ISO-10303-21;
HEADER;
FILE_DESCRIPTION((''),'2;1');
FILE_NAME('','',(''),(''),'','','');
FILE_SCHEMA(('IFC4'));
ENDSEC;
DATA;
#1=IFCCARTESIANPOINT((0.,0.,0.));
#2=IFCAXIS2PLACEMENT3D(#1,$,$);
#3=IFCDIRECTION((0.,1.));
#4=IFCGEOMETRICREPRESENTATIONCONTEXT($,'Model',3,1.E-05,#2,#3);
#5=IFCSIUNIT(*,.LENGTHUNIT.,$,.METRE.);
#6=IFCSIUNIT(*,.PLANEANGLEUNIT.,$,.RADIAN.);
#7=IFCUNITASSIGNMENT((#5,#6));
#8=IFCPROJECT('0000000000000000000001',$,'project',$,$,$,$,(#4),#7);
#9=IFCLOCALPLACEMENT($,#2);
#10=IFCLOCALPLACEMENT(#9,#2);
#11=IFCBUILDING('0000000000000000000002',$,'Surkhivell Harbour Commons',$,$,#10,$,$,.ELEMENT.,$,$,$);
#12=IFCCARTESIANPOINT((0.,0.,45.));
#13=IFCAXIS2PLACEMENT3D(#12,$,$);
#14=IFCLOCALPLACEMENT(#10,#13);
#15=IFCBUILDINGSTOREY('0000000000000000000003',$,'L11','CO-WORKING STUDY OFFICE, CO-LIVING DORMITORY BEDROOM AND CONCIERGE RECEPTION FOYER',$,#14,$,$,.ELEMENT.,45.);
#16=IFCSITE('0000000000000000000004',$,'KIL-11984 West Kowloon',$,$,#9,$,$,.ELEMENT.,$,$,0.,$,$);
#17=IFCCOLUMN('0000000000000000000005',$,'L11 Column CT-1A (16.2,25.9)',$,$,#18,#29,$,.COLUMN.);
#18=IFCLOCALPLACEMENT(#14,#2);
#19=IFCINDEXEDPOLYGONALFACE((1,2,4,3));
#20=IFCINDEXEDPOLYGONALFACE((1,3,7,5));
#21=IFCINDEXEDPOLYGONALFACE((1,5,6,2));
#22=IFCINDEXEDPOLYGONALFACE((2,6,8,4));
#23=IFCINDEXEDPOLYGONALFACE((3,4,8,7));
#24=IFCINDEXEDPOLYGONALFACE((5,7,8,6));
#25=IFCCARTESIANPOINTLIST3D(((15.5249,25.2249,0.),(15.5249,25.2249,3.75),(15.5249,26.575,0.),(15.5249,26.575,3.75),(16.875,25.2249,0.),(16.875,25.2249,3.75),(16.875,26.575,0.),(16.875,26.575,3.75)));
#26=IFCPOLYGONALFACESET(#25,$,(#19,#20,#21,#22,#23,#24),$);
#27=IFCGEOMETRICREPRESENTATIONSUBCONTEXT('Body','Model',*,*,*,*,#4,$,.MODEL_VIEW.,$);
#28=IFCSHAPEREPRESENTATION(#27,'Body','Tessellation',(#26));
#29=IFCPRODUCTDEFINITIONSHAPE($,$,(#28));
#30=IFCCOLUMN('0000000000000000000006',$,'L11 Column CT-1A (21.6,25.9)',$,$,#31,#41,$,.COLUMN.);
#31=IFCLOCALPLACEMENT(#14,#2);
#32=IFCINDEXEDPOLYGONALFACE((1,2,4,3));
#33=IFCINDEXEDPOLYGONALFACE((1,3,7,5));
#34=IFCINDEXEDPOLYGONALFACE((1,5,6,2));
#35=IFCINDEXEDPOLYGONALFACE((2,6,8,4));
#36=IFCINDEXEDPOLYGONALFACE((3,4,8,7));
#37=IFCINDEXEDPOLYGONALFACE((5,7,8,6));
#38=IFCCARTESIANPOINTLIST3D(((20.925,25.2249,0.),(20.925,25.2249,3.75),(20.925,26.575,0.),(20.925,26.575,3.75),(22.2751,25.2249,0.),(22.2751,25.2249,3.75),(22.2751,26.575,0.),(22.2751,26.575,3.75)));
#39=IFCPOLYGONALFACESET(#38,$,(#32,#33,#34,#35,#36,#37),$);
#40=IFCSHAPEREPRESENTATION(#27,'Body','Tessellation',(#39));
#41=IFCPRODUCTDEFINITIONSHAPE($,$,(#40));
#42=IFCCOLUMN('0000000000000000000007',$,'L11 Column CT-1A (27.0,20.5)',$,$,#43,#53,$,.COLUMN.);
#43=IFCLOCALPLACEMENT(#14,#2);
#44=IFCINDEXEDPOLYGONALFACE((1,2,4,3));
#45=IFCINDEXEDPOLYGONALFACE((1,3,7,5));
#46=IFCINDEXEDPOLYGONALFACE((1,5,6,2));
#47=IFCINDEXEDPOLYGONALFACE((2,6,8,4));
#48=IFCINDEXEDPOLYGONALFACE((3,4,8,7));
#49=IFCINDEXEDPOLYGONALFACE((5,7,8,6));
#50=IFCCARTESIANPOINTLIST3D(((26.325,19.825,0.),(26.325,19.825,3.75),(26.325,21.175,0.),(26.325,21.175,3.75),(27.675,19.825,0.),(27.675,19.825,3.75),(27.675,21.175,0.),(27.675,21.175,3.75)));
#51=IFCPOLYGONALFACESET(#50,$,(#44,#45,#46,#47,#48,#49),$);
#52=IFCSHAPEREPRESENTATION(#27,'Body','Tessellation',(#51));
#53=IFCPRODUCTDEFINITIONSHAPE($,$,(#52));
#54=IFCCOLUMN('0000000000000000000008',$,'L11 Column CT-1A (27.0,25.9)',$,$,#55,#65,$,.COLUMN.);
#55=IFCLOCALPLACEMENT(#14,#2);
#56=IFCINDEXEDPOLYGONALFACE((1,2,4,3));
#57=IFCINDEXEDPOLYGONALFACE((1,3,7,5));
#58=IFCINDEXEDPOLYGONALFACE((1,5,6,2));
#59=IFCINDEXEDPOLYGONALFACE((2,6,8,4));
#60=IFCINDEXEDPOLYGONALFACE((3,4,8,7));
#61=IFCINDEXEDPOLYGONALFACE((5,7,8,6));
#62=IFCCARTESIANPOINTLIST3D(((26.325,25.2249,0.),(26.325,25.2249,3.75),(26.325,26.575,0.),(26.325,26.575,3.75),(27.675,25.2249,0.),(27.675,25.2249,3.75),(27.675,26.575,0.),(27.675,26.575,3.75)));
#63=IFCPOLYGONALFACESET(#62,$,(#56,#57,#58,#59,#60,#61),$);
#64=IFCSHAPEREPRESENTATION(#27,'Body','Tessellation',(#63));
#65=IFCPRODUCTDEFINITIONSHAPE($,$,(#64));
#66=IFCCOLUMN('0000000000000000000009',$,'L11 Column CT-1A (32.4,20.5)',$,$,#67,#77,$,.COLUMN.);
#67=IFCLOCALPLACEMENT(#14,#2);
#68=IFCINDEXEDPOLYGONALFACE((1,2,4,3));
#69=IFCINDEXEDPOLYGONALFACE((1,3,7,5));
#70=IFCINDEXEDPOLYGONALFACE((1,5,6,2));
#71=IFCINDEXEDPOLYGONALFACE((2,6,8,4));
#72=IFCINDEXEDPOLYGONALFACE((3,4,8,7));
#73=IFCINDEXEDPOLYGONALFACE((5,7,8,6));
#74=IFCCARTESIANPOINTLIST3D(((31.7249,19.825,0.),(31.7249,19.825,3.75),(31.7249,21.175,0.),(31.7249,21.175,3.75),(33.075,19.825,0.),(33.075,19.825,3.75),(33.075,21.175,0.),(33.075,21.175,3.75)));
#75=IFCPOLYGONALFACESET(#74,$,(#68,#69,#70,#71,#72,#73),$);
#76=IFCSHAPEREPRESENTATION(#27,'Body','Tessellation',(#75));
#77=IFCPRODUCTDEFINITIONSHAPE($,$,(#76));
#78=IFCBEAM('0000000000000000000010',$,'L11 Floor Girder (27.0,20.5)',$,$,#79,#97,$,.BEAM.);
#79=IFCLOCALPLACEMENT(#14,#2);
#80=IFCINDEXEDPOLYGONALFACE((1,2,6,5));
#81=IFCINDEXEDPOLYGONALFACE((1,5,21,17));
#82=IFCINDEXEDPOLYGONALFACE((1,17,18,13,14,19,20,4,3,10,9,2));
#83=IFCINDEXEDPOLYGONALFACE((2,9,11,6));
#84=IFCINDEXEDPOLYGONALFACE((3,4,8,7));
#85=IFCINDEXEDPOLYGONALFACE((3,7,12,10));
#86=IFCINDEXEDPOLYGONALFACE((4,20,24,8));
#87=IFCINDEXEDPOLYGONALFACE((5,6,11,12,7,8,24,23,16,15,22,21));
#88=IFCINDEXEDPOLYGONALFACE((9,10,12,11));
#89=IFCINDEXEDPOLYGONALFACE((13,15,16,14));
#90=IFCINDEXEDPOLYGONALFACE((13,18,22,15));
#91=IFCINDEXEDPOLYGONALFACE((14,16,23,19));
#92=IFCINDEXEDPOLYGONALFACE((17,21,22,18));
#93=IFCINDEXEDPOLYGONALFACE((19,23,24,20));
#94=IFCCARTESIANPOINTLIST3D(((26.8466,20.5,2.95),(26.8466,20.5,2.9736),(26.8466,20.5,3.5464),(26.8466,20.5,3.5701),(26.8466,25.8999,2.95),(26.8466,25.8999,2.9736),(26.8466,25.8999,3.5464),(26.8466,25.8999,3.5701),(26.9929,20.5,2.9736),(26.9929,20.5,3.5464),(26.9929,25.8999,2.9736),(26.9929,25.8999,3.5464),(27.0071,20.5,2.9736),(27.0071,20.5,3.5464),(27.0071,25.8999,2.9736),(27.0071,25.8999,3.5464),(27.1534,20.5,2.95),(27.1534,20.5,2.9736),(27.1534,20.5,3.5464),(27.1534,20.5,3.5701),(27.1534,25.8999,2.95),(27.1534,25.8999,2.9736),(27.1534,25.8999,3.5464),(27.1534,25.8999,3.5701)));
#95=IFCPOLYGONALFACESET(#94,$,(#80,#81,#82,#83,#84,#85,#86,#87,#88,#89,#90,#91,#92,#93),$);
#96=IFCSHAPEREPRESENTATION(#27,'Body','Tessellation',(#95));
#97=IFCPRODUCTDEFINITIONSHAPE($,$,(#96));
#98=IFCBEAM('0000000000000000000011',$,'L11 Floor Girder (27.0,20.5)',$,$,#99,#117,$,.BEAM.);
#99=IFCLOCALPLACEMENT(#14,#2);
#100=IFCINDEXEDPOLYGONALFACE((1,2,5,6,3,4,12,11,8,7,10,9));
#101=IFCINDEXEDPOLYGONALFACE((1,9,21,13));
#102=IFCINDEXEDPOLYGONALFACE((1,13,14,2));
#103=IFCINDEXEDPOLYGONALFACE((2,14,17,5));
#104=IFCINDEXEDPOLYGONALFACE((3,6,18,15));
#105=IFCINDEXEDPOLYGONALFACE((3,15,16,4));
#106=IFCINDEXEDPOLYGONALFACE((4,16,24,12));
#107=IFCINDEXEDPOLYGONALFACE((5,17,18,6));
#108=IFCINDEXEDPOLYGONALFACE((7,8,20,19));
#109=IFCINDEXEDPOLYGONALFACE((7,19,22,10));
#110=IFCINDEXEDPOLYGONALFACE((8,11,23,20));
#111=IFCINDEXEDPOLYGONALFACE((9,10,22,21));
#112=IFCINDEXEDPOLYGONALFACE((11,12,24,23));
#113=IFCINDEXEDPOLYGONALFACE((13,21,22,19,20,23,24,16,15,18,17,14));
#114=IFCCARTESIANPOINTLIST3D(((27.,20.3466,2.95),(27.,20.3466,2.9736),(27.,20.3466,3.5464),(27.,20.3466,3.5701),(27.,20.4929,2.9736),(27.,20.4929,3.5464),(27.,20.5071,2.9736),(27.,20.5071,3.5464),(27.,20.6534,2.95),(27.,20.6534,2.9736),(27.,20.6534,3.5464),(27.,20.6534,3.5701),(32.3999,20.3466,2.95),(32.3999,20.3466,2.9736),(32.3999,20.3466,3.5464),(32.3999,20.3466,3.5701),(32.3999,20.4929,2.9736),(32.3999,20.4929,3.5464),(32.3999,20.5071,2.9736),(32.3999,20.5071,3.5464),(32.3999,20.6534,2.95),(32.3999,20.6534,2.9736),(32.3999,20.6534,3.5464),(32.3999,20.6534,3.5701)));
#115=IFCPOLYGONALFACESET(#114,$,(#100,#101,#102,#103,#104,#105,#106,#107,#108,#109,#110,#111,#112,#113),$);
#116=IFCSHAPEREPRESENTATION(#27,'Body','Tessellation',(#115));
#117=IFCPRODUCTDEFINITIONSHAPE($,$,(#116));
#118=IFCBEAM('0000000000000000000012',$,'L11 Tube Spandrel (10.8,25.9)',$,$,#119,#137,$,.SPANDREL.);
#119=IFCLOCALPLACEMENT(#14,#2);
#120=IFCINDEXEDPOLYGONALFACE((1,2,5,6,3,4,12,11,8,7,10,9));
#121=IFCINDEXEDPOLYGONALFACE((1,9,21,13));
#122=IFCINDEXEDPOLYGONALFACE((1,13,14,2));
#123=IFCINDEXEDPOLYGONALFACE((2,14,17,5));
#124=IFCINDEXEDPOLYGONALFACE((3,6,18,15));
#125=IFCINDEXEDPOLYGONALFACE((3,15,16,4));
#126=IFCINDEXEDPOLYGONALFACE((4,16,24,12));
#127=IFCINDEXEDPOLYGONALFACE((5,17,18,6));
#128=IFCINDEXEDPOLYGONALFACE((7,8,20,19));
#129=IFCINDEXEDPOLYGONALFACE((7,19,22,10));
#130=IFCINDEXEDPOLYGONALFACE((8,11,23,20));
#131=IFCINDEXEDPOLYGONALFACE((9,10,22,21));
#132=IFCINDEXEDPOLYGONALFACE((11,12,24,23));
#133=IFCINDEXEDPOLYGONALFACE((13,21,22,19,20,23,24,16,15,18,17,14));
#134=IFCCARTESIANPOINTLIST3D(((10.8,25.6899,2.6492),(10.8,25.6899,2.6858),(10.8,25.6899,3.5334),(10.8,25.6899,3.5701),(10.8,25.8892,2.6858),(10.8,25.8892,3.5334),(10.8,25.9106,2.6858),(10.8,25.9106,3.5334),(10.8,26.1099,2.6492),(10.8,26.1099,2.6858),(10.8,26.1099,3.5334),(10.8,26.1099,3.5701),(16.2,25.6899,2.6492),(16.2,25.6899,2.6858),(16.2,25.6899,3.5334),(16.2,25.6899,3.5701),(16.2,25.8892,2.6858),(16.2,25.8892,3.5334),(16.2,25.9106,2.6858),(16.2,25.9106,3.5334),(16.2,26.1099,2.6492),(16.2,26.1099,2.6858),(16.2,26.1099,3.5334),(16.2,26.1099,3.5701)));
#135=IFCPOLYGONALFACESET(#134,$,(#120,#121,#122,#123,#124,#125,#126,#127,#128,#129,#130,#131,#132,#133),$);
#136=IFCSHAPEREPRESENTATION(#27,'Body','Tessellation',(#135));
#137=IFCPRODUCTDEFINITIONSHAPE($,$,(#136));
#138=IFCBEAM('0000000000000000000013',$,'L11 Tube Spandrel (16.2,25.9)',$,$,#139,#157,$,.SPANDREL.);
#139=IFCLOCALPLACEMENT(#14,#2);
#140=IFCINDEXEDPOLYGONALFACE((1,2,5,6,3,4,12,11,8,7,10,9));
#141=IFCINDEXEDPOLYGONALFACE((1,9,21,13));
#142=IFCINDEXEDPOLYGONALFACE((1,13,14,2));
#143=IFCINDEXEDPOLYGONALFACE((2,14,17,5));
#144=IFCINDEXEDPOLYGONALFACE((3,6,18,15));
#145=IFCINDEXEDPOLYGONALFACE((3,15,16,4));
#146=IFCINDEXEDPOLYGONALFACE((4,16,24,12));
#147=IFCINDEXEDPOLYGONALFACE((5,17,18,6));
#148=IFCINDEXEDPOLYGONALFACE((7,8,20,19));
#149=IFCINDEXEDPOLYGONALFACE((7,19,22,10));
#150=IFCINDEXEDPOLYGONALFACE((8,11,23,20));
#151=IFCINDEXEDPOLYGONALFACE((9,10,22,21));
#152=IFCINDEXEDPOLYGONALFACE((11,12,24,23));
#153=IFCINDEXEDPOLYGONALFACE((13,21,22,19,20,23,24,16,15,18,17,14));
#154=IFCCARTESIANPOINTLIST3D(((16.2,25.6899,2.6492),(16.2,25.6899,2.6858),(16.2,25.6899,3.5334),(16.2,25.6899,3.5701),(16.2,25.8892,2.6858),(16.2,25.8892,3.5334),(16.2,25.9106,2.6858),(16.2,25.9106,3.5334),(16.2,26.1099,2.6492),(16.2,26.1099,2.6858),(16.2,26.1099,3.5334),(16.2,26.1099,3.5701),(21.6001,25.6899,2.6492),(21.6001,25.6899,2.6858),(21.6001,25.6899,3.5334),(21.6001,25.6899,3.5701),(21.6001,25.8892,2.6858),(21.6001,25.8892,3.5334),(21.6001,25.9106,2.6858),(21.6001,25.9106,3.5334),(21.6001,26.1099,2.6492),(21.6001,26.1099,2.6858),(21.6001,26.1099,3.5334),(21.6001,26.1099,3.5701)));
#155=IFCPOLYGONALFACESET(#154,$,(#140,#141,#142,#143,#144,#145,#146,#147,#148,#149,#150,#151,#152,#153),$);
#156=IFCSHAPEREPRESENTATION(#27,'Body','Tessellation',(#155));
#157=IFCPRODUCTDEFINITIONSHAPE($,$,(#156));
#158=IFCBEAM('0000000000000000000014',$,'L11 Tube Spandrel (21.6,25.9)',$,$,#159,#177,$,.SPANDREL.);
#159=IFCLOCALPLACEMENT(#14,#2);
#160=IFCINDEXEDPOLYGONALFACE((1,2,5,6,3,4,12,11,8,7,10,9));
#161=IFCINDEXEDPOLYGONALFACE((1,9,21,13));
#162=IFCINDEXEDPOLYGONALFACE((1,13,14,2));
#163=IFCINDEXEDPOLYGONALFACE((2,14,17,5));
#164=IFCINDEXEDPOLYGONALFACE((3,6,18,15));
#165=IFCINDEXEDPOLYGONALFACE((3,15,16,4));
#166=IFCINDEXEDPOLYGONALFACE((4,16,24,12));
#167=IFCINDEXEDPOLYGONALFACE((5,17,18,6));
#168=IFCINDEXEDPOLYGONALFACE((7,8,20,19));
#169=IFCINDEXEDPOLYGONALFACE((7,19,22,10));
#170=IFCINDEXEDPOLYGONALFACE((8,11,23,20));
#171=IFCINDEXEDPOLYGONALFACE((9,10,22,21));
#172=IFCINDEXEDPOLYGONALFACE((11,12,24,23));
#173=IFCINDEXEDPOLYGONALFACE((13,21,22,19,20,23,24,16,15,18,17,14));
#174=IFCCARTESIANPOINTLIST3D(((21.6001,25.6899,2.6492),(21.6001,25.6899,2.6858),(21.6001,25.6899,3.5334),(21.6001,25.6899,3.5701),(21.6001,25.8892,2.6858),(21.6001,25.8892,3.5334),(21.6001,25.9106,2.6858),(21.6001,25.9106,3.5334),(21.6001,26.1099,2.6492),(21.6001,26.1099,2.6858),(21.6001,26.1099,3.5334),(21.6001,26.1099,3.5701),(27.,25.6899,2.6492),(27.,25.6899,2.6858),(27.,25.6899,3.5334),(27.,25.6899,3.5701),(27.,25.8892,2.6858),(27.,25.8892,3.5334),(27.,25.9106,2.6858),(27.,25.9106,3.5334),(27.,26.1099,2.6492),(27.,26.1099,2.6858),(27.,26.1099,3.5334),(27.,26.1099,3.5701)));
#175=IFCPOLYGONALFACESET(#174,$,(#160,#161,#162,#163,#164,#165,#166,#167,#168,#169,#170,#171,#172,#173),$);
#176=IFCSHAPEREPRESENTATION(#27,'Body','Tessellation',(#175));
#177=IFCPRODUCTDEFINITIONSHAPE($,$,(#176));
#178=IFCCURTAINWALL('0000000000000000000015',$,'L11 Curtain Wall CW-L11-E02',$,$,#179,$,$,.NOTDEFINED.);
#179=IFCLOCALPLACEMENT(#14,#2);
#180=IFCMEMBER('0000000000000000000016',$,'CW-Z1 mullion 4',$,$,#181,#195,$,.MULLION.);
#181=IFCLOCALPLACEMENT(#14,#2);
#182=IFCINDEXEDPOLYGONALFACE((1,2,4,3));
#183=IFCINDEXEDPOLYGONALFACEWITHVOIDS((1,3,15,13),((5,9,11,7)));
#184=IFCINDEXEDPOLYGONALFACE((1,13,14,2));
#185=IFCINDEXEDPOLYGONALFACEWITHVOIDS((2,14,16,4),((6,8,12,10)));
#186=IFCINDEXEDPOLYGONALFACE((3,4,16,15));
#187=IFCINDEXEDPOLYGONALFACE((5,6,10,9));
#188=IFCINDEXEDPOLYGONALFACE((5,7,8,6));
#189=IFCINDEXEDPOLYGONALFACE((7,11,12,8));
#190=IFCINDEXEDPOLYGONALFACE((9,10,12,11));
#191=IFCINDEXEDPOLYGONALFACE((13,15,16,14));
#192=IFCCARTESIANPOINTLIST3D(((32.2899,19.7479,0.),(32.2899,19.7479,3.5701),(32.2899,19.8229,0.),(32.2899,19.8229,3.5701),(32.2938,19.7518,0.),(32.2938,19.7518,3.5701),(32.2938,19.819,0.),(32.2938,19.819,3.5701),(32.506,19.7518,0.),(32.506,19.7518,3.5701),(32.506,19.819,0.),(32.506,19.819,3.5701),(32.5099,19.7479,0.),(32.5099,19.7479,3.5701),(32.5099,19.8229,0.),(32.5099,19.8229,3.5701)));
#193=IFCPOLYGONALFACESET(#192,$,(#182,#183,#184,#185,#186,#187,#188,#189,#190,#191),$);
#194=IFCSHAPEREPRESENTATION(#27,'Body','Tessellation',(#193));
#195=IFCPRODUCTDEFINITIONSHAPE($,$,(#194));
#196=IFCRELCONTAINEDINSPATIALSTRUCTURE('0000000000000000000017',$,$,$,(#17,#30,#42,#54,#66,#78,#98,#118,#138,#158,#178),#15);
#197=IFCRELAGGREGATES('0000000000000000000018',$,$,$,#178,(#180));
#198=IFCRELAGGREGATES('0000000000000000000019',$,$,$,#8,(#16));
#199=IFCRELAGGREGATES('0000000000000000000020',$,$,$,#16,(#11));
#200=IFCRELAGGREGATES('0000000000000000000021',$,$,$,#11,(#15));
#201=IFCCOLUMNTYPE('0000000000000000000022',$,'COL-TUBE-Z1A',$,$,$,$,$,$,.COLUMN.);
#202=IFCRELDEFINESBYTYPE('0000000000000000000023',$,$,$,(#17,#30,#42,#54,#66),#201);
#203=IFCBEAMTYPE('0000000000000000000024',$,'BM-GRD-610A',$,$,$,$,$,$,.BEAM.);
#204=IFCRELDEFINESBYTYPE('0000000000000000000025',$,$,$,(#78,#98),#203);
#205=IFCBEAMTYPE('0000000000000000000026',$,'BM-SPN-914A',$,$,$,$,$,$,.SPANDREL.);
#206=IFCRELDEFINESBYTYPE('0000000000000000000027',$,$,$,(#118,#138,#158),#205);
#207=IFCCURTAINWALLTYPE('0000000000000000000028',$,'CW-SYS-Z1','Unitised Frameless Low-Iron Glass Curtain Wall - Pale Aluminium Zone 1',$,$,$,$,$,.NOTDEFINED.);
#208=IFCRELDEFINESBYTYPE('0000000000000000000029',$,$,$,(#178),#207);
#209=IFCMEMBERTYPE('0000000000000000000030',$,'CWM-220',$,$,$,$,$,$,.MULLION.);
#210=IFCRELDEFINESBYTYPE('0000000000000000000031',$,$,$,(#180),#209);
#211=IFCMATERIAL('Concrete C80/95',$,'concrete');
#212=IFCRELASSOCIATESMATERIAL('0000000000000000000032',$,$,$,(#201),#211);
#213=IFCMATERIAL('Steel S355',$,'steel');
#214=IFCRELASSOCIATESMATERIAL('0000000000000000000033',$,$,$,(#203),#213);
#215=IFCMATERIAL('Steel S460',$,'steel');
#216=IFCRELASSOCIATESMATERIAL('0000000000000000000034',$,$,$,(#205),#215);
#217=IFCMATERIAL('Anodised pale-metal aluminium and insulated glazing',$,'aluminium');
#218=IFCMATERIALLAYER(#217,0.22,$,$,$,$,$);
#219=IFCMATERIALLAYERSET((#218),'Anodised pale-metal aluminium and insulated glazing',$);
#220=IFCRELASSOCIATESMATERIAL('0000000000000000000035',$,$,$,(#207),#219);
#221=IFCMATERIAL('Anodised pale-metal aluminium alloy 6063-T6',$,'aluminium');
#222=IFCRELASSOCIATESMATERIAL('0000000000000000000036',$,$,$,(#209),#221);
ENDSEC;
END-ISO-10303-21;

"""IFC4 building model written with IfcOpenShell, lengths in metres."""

from ifc_helpers import new_model, si_unit, direction, frame, origin, origin_2d, place, context, subcontext, project, spatial, rectangle, hollow_rectangle, i_section, extrude, material, layer, layer_set, material_profile, profile_set, type_object, element, aggregate, save


model = new_model("IFC4")

# Units and contexts
model_context = context("Model", 3, precision=1e-05, world=origin(), true_north=direction((0.0, 1.0)))
body_context = subcontext(model_context, "Body", "Model", "MODEL_VIEW")
ifc_project = project(units=[si_unit("LENGTHUNIT", "METRE"), si_unit("PLANEANGLEUNIT", "RADIAN")], contexts=[model_context])

# Site, building, storey
site_placement = place(None, origin())
site = spatial("IfcSite", under=ifc_project, at=site_placement, Name="KIL-11984 West Kowloon", CompositionType="ELEMENT", RefElevation=0.0)
building_placement = place(site_placement, origin())
building = spatial("IfcBuilding", under=site, at=building_placement, Name="Surkhivell Harbour Commons", CompositionType="ELEMENT")
storey_placement = place(building_placement, frame((0.0, 0.0, 45.0)))
storey = spatial("IfcBuildingStorey", under=building, at=storey_placement, Name="L11", Description="CO-WORKING STUDY OFFICE, CO-LIVING DORMITORY BEDROOM AND CONCIERGE RECEPTION FOYER", CompositionType="ELEMENT", Elevation=45.0)

# Columns
ifc_material_1 = material(Name="Concrete C80/95", Category="concrete")
ifc_material_profile_1 = material_profile(ifc_material_1, rectangle(XDim=1.3501, YDim=1.3501, at=origin_2d()), Name="RC-COL-1350x1350")
ifc_profile_set_1 = profile_set([ifc_material_profile_1], Name="Concrete C80/95")
column_type = type_object("IfcColumnType", Name="COL-TUBE-Z1A", PredefinedType="COLUMN", material=ifc_profile_set_1)
for number, where, z_axis, x_axis, name in (
    (1, (16.2, 25.8999, 0.0), (0.0, 0.0, 1.0), (1.0, 0.0, 0.0), "L11 Column CT-1A (16.2,25.9)"),
    (2, (21.6001, 25.8999, 0.0), (0.0, 0.0, 1.0), (1.0, 0.0, 0.0), "L11 Column CT-1A (21.6,25.9)"),
    (3, (27.0, 20.5, 0.0), (0.0, 0.0, 1.0), (1.0, 0.0, 0.0), "L11 Column CT-1A (27.0,20.5)"),
    (4, (27.0, 25.8999, 0.0), (0.0, 0.0, 1.0), (1.0, 0.0, 0.0), "L11 Column CT-1A (27.0,25.9)"),
    (5, (32.3999, 20.5, 0.0), (0.0, 0.0, 1.0), (1.0, 0.0, 0.0), "L11 Column CT-1A (32.4,20.5)"),
):
    element("IfcColumn", number, at=place(storey_placement, frame(where, z_axis=z_axis, x_axis=x_axis)), inside=storey, type_object=column_type, Name=name, PredefinedType="COLUMN", context=body_context, shape_type="SweptSolid", body=[
        extrude(rectangle(XDim=1.3501, YDim=1.3501, at=origin_2d()), origin(), (0.0, 0.0, 1.0), 3.75),
    ])

# Beams
ifc_material_2 = material(Name="Steel S355", Category="steel")
ifc_material_profile_2 = material_profile(ifc_material_2, i_section(OverallWidth=0.3069, OverallDepth=0.6201, WebThickness=0.0142, FlangeThickness=0.0237, at=origin_2d()), Name="UB610x305x179")
ifc_profile_set_2 = profile_set([ifc_material_profile_2], Name="Steel S355")
beam_type_1 = type_object("IfcBeamType", Name="BM-GRD-610A", PredefinedType="BEAM", material=ifc_profile_set_2)
for number, where, z_axis, x_axis, name in (
    (6, (27.0, 20.5, 3.26), (0.0, 1.0, 0.0), (-1.0, 0.0, 0.0), "L11 Floor Girder (27.0,20.5)"),
    (7, (27.0, 20.5, 3.26), (1.0, 0.0, 0.0), (0.0, 1.0, 0.0), "L11 Floor Girder (27.0,20.5)"),
):
    element("IfcBeam", number, at=place(storey_placement, frame(where, z_axis=z_axis, x_axis=x_axis)), inside=storey, type_object=beam_type_1, Name=name, PredefinedType="BEAM", context=body_context, shape_type="SweptSolid", body=[
        extrude(i_section(OverallWidth=0.3069, OverallDepth=0.6201, WebThickness=0.0142, FlangeThickness=0.0237, at=origin_2d()), origin(), (0.0, 0.0, 1.0), 5.3999),
    ])
ifc_material_3 = material(Name="Steel S460", Category="steel")
ifc_material_profile_3 = material_profile(ifc_material_3, i_section(OverallWidth=0.4199, OverallDepth=0.9209, WebThickness=0.0215, FlangeThickness=0.0366, at=origin_2d()), Name="UB914x419x388")
ifc_profile_set_3 = profile_set([ifc_material_profile_3], Name="Steel S460")
beam_type_2 = type_object("IfcBeamType", Name="BM-SPN-914A", PredefinedType="SPANDREL", material=ifc_profile_set_3)
beam_1_placement = place(storey_placement, frame((10.8, 25.8999, 3.1096), z_axis=(1.0, 0.0, 0.0), x_axis=(0.0, 1.0, 0.0)))
element("IfcBeam", 8, at=beam_1_placement, inside=storey, type_object=beam_type_2, Name="L11 Tube Spandrel (10.8,25.9)", PredefinedType="SPANDREL", context=body_context, shape_type="SweptSolid", body=[
    extrude(i_section(OverallWidth=0.4199, OverallDepth=0.9209, WebThickness=0.0215, FlangeThickness=0.0366, at=origin_2d()), origin(), (0.0, 0.0, 1.0), 5.3999),
])
beam_2_placement = place(storey_placement, frame((16.2, 25.8999, 3.1096), z_axis=(1.0, 0.0, 0.0), x_axis=(0.0, 1.0, 0.0)))
element("IfcBeam", 9, at=beam_2_placement, inside=storey, type_object=beam_type_2, Name="L11 Tube Spandrel (16.2,25.9)", PredefinedType="SPANDREL", context=body_context, shape_type="SweptSolid", body=[
    extrude(i_section(OverallWidth=0.4199, OverallDepth=0.9209, WebThickness=0.0215, FlangeThickness=0.0366, at=origin_2d()), origin(), (0.0, 0.0, 1.0), 5.4001),
])
beam_3_placement = place(storey_placement, frame((21.6001, 25.8999, 3.1096), z_axis=(1.0, 0.0, 0.0), x_axis=(0.0, 1.0, 0.0)))
element("IfcBeam", 10, at=beam_3_placement, inside=storey, type_object=beam_type_2, Name="L11 Tube Spandrel (21.6,25.9)", PredefinedType="SPANDREL", context=body_context, shape_type="SweptSolid", body=[
    extrude(i_section(OverallWidth=0.4199, OverallDepth=0.9209, WebThickness=0.0215, FlangeThickness=0.0366, at=origin_2d()), origin(), (0.0, 0.0, 1.0), 5.3999),
])

# Curtain wall, member
ifc_material_4 = material(Name="Anodised pale-metal aluminium and insulated glazing", Category="aluminium")
ifc_layer_1 = layer(ifc_material_4, 0.22)
ifc_layer_set_1 = layer_set([ifc_layer_1], Name="Anodised pale-metal aluminium and insulated glazing")
curtain_wall_type = type_object("IfcCurtainWallType", Name="CW-SYS-Z1", Description="Unitised Frameless Low-Iron Glass Curtain Wall - Pale Aluminium Zone 1", PredefinedType="NOTDEFINED", material=ifc_layer_set_1)
curtain_wall_1_placement = place(storey_placement, origin())
curtain_wall_1 = element("IfcCurtainWall", 11, at=curtain_wall_1_placement, inside=storey, type_object=curtain_wall_type, Name="L11 Curtain Wall CW-L11-E02", PredefinedType="NOTDEFINED")
ifc_material_5 = material(Name="Anodised pale-metal aluminium alloy 6063-T6", Category="aluminium")
ifc_material_profile_4 = material_profile(ifc_material_5, hollow_rectangle(XDim=0.075, YDim=0.22, WallThickness=0.0039, at=origin_2d()), Name="ALU-MULL-75x220")
ifc_profile_set_4 = profile_set([ifc_material_profile_4], Name="Anodised pale-metal aluminium alloy 6063-T6")
member_type_1 = type_object("IfcMemberType", Name="CWM-220", PredefinedType="MULLION", material=ifc_profile_set_4)
member_1_placement = place(storey_placement, frame((32.3999, 19.7854, 0.0), z_axis=(0.0, 0.0, 1.0), x_axis=(0.0, 1.0, 0.0)))
member_1 = element("IfcMember", 12, at=member_1_placement, type_object=member_type_1, Name="CW-Z1 mullion 4", PredefinedType="MULLION", context=body_context, shape_type="SweptSolid", body=[
    extrude(hollow_rectangle(XDim=0.075, YDim=0.22, WallThickness=0.0039, at=origin_2d()), origin(), (0.0, 0.0, 1.0), 3.5701),
])
aggregate(curtain_wall_1, [member_1])

save(model, "model.ifc")
